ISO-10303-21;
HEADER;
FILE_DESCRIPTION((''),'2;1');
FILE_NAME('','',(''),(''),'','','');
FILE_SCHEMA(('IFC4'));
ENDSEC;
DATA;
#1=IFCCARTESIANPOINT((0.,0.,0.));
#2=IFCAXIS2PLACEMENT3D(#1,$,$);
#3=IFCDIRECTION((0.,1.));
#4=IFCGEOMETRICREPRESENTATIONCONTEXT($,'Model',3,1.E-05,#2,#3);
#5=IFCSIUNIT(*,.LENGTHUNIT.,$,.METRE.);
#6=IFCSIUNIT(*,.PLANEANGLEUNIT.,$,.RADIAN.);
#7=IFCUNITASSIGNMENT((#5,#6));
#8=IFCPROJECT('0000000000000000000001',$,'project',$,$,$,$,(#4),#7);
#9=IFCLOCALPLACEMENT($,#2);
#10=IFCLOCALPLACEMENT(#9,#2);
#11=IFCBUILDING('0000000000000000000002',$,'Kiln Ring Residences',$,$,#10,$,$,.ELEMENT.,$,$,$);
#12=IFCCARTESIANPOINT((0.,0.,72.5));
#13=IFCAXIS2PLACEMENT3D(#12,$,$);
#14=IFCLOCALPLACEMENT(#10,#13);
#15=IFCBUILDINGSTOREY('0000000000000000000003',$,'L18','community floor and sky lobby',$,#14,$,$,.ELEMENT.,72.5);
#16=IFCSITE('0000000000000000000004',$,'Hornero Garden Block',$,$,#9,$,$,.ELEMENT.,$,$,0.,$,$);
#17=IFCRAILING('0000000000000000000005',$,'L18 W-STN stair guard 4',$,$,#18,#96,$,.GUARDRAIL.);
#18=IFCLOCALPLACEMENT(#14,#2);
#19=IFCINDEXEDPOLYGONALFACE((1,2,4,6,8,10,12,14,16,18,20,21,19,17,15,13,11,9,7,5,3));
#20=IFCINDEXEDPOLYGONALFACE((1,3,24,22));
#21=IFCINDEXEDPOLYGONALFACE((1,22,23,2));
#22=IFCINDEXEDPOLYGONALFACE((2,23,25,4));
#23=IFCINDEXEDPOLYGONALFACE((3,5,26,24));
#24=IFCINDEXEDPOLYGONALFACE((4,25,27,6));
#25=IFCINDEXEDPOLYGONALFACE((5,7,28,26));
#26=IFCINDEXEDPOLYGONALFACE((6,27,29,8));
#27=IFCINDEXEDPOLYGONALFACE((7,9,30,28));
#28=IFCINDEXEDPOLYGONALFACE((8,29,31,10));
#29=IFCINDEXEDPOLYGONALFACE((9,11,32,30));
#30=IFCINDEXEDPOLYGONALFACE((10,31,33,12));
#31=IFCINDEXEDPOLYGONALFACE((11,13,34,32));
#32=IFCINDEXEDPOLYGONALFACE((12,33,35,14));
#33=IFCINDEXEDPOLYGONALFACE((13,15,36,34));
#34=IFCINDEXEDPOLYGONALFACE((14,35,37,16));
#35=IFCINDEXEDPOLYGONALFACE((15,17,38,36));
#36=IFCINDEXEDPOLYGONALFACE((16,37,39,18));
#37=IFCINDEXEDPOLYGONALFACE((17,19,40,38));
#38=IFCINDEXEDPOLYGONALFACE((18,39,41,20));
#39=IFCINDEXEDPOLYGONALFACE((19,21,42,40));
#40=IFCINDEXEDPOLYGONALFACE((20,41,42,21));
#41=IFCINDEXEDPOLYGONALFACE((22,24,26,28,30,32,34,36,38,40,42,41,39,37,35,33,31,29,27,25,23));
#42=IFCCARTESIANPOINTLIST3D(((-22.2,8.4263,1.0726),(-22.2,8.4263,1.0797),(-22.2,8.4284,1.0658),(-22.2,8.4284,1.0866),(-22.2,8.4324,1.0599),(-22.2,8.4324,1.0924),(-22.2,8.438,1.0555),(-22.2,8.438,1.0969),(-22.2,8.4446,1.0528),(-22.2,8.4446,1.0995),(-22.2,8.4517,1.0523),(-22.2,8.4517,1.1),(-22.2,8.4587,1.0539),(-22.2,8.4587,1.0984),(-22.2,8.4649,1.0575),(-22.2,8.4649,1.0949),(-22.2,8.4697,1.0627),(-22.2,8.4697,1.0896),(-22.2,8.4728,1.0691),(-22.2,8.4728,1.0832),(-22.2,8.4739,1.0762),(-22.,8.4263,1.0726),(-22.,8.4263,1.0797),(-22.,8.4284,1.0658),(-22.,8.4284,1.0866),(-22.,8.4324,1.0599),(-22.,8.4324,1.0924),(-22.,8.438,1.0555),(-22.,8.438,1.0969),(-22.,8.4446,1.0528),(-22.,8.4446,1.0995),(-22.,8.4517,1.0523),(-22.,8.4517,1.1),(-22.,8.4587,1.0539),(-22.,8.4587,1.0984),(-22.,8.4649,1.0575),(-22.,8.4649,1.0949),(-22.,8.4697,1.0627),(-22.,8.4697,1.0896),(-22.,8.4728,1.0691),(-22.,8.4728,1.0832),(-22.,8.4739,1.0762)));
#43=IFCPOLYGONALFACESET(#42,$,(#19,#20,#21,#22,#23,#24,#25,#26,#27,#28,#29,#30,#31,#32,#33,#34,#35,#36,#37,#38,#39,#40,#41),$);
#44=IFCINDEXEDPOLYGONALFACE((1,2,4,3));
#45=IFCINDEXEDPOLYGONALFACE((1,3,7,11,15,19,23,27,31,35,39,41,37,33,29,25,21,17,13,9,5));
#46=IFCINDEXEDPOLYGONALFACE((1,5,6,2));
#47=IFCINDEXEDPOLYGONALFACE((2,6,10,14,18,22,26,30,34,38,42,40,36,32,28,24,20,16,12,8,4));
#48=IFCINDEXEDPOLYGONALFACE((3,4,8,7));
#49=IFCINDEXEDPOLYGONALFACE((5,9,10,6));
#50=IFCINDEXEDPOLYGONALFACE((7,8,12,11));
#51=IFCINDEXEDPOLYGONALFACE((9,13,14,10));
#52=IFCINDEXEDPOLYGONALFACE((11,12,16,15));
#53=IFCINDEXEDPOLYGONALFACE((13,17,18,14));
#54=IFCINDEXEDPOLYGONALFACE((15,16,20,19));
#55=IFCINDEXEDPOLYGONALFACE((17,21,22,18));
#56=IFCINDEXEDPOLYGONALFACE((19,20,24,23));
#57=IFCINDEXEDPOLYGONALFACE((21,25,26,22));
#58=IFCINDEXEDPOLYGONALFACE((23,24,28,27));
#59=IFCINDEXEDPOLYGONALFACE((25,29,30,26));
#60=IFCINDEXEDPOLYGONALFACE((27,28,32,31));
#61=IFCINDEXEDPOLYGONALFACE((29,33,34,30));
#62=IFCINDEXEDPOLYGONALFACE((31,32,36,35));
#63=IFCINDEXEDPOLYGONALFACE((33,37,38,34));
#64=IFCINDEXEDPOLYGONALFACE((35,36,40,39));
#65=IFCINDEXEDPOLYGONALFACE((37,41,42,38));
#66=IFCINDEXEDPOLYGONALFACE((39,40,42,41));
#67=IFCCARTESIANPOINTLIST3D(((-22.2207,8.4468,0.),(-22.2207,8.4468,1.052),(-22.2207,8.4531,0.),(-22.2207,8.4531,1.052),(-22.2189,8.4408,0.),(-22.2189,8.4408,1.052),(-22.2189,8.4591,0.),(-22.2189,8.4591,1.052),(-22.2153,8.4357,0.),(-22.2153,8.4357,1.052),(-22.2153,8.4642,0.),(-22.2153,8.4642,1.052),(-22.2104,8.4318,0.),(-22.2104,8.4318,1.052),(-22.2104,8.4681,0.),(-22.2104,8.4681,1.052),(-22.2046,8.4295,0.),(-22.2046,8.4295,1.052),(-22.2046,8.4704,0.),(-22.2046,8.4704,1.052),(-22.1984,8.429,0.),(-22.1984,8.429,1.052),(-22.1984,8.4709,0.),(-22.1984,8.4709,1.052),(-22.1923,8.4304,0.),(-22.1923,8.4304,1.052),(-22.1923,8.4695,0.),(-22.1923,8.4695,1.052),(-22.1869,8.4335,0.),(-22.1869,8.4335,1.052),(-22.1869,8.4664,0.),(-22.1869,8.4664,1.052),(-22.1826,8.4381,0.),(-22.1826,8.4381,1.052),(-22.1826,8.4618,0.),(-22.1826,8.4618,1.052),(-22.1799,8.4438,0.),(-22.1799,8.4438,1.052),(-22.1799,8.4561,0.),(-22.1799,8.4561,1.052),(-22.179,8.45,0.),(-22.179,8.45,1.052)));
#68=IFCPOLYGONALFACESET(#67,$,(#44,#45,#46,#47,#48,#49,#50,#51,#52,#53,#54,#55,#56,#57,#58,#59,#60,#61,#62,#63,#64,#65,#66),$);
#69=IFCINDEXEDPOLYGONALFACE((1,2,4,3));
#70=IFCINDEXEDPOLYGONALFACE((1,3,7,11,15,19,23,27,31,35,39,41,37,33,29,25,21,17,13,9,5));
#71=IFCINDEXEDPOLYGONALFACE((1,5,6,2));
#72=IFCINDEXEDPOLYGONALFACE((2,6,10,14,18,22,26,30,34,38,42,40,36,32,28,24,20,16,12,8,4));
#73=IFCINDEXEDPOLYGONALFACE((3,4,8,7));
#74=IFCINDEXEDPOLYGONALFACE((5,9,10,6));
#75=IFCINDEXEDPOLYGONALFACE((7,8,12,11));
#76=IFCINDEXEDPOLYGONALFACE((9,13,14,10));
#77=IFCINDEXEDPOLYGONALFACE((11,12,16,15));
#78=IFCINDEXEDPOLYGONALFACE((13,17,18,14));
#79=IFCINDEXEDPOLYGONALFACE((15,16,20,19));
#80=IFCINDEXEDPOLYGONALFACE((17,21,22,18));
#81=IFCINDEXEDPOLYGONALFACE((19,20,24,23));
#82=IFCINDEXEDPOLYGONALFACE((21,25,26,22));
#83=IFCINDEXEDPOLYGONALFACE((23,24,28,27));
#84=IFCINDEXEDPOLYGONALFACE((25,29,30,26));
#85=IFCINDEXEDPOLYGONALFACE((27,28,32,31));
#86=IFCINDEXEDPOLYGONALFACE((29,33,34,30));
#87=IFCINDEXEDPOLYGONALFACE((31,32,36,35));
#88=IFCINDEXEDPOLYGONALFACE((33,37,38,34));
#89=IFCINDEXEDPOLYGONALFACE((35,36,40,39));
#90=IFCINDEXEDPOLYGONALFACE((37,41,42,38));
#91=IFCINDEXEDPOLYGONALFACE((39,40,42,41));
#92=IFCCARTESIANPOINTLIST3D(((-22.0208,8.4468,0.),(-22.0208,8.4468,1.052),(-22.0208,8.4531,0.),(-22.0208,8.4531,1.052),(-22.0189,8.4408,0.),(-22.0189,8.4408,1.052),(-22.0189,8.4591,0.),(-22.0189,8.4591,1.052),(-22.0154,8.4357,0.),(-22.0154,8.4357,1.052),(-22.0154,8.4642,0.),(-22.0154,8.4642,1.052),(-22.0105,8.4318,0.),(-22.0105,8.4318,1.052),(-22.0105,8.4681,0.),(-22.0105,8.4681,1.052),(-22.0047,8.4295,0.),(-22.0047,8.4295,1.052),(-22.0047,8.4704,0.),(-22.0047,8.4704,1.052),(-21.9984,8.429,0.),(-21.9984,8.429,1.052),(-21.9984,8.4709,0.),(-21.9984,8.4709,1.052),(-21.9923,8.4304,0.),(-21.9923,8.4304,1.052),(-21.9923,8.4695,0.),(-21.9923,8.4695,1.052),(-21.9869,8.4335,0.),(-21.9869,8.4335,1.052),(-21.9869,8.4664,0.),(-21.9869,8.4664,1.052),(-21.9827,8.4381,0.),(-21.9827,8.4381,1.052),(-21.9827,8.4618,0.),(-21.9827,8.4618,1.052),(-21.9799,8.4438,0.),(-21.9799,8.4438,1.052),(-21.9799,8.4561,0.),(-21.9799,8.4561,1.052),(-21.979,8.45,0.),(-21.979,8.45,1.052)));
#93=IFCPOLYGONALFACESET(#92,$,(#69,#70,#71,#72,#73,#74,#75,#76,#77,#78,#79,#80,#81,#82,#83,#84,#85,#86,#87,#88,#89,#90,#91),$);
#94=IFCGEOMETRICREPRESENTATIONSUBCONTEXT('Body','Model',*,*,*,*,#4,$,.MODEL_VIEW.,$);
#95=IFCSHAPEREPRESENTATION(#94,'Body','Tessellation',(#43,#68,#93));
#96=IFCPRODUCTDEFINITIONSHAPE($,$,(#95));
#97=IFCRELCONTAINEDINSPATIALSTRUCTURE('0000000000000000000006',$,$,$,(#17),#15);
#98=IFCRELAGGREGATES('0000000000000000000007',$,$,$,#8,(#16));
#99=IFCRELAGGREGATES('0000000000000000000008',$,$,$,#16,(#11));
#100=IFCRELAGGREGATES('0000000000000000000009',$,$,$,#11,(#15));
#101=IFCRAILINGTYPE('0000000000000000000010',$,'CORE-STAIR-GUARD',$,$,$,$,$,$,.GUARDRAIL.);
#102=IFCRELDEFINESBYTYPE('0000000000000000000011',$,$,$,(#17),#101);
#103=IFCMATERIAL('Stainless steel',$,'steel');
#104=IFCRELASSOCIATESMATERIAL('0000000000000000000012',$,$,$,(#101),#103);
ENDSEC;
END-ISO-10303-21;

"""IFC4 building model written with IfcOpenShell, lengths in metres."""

from ifc_helpers import new_model, si_unit, direction, frame, origin, origin_2d, place, context, subcontext, project, spatial, circle, extrude, material, type_object, element, save


model = new_model("IFC4")

# Units and contexts
model_context = context("Model", 3, precision=1e-05, world=origin(), true_north=direction((0.0, 1.0)))
body_context = subcontext(model_context, "Body", "Model", "MODEL_VIEW")
ifc_project = project(units=[si_unit("LENGTHUNIT", "METRE"), si_unit("PLANEANGLEUNIT", "RADIAN")], contexts=[model_context])

# Site, building, storey
site_placement = place(None, origin())
site = spatial("IfcSite", under=ifc_project, at=site_placement, Name="Hornero Garden Block", CompositionType="ELEMENT", RefElevation=0.0)
building_placement = place(site_placement, origin())
building = spatial("IfcBuilding", under=site, at=building_placement, Name="Kiln Ring Residences", CompositionType="ELEMENT")
storey_placement = place(building_placement, frame((0.0, 0.0, 72.5)))
storey = spatial("IfcBuildingStorey", under=building, at=storey_placement, Name="L18", Description="community floor and sky lobby", CompositionType="ELEMENT", Elevation=72.5)

# Railing
ifc_material_1 = material(Name="Stainless steel", Category="steel")
railing_type_1 = type_object("IfcRailingType", Name="CORE-STAIR-GUARD", PredefinedType="GUARDRAIL", material=ifc_material_1)
railing_1_placement = place(storey_placement, frame((-22.2, 8.45, 0.0)))
element("IfcRailing", 1, at=railing_1_placement, inside=storey, type_object=railing_type_1, Name="L18 W-STN stair guard 4", PredefinedType="GUARDRAIL", context=body_context, shape_type="SweptSolid", body=[
    extrude(circle(Radius=0.0239, at=origin_2d()), frame((0.0, 0.0, 1.0762), z_axis=(1.0, 0.0, 0.0), x_axis=(0.0, 1.0, 0.0)), (0.0, 0.0, 1.0), 0.2),
    extrude(circle(Radius=0.021, at=origin_2d()), origin(), (0.0, 0.0, 1.0), 1.052),
    extrude(circle(Radius=0.021, at=origin_2d()), frame((0.2, 0.0, 0.0)), (0.0, 0.0, 1.0), 1.052),
])

save(model, "model.ifc")
